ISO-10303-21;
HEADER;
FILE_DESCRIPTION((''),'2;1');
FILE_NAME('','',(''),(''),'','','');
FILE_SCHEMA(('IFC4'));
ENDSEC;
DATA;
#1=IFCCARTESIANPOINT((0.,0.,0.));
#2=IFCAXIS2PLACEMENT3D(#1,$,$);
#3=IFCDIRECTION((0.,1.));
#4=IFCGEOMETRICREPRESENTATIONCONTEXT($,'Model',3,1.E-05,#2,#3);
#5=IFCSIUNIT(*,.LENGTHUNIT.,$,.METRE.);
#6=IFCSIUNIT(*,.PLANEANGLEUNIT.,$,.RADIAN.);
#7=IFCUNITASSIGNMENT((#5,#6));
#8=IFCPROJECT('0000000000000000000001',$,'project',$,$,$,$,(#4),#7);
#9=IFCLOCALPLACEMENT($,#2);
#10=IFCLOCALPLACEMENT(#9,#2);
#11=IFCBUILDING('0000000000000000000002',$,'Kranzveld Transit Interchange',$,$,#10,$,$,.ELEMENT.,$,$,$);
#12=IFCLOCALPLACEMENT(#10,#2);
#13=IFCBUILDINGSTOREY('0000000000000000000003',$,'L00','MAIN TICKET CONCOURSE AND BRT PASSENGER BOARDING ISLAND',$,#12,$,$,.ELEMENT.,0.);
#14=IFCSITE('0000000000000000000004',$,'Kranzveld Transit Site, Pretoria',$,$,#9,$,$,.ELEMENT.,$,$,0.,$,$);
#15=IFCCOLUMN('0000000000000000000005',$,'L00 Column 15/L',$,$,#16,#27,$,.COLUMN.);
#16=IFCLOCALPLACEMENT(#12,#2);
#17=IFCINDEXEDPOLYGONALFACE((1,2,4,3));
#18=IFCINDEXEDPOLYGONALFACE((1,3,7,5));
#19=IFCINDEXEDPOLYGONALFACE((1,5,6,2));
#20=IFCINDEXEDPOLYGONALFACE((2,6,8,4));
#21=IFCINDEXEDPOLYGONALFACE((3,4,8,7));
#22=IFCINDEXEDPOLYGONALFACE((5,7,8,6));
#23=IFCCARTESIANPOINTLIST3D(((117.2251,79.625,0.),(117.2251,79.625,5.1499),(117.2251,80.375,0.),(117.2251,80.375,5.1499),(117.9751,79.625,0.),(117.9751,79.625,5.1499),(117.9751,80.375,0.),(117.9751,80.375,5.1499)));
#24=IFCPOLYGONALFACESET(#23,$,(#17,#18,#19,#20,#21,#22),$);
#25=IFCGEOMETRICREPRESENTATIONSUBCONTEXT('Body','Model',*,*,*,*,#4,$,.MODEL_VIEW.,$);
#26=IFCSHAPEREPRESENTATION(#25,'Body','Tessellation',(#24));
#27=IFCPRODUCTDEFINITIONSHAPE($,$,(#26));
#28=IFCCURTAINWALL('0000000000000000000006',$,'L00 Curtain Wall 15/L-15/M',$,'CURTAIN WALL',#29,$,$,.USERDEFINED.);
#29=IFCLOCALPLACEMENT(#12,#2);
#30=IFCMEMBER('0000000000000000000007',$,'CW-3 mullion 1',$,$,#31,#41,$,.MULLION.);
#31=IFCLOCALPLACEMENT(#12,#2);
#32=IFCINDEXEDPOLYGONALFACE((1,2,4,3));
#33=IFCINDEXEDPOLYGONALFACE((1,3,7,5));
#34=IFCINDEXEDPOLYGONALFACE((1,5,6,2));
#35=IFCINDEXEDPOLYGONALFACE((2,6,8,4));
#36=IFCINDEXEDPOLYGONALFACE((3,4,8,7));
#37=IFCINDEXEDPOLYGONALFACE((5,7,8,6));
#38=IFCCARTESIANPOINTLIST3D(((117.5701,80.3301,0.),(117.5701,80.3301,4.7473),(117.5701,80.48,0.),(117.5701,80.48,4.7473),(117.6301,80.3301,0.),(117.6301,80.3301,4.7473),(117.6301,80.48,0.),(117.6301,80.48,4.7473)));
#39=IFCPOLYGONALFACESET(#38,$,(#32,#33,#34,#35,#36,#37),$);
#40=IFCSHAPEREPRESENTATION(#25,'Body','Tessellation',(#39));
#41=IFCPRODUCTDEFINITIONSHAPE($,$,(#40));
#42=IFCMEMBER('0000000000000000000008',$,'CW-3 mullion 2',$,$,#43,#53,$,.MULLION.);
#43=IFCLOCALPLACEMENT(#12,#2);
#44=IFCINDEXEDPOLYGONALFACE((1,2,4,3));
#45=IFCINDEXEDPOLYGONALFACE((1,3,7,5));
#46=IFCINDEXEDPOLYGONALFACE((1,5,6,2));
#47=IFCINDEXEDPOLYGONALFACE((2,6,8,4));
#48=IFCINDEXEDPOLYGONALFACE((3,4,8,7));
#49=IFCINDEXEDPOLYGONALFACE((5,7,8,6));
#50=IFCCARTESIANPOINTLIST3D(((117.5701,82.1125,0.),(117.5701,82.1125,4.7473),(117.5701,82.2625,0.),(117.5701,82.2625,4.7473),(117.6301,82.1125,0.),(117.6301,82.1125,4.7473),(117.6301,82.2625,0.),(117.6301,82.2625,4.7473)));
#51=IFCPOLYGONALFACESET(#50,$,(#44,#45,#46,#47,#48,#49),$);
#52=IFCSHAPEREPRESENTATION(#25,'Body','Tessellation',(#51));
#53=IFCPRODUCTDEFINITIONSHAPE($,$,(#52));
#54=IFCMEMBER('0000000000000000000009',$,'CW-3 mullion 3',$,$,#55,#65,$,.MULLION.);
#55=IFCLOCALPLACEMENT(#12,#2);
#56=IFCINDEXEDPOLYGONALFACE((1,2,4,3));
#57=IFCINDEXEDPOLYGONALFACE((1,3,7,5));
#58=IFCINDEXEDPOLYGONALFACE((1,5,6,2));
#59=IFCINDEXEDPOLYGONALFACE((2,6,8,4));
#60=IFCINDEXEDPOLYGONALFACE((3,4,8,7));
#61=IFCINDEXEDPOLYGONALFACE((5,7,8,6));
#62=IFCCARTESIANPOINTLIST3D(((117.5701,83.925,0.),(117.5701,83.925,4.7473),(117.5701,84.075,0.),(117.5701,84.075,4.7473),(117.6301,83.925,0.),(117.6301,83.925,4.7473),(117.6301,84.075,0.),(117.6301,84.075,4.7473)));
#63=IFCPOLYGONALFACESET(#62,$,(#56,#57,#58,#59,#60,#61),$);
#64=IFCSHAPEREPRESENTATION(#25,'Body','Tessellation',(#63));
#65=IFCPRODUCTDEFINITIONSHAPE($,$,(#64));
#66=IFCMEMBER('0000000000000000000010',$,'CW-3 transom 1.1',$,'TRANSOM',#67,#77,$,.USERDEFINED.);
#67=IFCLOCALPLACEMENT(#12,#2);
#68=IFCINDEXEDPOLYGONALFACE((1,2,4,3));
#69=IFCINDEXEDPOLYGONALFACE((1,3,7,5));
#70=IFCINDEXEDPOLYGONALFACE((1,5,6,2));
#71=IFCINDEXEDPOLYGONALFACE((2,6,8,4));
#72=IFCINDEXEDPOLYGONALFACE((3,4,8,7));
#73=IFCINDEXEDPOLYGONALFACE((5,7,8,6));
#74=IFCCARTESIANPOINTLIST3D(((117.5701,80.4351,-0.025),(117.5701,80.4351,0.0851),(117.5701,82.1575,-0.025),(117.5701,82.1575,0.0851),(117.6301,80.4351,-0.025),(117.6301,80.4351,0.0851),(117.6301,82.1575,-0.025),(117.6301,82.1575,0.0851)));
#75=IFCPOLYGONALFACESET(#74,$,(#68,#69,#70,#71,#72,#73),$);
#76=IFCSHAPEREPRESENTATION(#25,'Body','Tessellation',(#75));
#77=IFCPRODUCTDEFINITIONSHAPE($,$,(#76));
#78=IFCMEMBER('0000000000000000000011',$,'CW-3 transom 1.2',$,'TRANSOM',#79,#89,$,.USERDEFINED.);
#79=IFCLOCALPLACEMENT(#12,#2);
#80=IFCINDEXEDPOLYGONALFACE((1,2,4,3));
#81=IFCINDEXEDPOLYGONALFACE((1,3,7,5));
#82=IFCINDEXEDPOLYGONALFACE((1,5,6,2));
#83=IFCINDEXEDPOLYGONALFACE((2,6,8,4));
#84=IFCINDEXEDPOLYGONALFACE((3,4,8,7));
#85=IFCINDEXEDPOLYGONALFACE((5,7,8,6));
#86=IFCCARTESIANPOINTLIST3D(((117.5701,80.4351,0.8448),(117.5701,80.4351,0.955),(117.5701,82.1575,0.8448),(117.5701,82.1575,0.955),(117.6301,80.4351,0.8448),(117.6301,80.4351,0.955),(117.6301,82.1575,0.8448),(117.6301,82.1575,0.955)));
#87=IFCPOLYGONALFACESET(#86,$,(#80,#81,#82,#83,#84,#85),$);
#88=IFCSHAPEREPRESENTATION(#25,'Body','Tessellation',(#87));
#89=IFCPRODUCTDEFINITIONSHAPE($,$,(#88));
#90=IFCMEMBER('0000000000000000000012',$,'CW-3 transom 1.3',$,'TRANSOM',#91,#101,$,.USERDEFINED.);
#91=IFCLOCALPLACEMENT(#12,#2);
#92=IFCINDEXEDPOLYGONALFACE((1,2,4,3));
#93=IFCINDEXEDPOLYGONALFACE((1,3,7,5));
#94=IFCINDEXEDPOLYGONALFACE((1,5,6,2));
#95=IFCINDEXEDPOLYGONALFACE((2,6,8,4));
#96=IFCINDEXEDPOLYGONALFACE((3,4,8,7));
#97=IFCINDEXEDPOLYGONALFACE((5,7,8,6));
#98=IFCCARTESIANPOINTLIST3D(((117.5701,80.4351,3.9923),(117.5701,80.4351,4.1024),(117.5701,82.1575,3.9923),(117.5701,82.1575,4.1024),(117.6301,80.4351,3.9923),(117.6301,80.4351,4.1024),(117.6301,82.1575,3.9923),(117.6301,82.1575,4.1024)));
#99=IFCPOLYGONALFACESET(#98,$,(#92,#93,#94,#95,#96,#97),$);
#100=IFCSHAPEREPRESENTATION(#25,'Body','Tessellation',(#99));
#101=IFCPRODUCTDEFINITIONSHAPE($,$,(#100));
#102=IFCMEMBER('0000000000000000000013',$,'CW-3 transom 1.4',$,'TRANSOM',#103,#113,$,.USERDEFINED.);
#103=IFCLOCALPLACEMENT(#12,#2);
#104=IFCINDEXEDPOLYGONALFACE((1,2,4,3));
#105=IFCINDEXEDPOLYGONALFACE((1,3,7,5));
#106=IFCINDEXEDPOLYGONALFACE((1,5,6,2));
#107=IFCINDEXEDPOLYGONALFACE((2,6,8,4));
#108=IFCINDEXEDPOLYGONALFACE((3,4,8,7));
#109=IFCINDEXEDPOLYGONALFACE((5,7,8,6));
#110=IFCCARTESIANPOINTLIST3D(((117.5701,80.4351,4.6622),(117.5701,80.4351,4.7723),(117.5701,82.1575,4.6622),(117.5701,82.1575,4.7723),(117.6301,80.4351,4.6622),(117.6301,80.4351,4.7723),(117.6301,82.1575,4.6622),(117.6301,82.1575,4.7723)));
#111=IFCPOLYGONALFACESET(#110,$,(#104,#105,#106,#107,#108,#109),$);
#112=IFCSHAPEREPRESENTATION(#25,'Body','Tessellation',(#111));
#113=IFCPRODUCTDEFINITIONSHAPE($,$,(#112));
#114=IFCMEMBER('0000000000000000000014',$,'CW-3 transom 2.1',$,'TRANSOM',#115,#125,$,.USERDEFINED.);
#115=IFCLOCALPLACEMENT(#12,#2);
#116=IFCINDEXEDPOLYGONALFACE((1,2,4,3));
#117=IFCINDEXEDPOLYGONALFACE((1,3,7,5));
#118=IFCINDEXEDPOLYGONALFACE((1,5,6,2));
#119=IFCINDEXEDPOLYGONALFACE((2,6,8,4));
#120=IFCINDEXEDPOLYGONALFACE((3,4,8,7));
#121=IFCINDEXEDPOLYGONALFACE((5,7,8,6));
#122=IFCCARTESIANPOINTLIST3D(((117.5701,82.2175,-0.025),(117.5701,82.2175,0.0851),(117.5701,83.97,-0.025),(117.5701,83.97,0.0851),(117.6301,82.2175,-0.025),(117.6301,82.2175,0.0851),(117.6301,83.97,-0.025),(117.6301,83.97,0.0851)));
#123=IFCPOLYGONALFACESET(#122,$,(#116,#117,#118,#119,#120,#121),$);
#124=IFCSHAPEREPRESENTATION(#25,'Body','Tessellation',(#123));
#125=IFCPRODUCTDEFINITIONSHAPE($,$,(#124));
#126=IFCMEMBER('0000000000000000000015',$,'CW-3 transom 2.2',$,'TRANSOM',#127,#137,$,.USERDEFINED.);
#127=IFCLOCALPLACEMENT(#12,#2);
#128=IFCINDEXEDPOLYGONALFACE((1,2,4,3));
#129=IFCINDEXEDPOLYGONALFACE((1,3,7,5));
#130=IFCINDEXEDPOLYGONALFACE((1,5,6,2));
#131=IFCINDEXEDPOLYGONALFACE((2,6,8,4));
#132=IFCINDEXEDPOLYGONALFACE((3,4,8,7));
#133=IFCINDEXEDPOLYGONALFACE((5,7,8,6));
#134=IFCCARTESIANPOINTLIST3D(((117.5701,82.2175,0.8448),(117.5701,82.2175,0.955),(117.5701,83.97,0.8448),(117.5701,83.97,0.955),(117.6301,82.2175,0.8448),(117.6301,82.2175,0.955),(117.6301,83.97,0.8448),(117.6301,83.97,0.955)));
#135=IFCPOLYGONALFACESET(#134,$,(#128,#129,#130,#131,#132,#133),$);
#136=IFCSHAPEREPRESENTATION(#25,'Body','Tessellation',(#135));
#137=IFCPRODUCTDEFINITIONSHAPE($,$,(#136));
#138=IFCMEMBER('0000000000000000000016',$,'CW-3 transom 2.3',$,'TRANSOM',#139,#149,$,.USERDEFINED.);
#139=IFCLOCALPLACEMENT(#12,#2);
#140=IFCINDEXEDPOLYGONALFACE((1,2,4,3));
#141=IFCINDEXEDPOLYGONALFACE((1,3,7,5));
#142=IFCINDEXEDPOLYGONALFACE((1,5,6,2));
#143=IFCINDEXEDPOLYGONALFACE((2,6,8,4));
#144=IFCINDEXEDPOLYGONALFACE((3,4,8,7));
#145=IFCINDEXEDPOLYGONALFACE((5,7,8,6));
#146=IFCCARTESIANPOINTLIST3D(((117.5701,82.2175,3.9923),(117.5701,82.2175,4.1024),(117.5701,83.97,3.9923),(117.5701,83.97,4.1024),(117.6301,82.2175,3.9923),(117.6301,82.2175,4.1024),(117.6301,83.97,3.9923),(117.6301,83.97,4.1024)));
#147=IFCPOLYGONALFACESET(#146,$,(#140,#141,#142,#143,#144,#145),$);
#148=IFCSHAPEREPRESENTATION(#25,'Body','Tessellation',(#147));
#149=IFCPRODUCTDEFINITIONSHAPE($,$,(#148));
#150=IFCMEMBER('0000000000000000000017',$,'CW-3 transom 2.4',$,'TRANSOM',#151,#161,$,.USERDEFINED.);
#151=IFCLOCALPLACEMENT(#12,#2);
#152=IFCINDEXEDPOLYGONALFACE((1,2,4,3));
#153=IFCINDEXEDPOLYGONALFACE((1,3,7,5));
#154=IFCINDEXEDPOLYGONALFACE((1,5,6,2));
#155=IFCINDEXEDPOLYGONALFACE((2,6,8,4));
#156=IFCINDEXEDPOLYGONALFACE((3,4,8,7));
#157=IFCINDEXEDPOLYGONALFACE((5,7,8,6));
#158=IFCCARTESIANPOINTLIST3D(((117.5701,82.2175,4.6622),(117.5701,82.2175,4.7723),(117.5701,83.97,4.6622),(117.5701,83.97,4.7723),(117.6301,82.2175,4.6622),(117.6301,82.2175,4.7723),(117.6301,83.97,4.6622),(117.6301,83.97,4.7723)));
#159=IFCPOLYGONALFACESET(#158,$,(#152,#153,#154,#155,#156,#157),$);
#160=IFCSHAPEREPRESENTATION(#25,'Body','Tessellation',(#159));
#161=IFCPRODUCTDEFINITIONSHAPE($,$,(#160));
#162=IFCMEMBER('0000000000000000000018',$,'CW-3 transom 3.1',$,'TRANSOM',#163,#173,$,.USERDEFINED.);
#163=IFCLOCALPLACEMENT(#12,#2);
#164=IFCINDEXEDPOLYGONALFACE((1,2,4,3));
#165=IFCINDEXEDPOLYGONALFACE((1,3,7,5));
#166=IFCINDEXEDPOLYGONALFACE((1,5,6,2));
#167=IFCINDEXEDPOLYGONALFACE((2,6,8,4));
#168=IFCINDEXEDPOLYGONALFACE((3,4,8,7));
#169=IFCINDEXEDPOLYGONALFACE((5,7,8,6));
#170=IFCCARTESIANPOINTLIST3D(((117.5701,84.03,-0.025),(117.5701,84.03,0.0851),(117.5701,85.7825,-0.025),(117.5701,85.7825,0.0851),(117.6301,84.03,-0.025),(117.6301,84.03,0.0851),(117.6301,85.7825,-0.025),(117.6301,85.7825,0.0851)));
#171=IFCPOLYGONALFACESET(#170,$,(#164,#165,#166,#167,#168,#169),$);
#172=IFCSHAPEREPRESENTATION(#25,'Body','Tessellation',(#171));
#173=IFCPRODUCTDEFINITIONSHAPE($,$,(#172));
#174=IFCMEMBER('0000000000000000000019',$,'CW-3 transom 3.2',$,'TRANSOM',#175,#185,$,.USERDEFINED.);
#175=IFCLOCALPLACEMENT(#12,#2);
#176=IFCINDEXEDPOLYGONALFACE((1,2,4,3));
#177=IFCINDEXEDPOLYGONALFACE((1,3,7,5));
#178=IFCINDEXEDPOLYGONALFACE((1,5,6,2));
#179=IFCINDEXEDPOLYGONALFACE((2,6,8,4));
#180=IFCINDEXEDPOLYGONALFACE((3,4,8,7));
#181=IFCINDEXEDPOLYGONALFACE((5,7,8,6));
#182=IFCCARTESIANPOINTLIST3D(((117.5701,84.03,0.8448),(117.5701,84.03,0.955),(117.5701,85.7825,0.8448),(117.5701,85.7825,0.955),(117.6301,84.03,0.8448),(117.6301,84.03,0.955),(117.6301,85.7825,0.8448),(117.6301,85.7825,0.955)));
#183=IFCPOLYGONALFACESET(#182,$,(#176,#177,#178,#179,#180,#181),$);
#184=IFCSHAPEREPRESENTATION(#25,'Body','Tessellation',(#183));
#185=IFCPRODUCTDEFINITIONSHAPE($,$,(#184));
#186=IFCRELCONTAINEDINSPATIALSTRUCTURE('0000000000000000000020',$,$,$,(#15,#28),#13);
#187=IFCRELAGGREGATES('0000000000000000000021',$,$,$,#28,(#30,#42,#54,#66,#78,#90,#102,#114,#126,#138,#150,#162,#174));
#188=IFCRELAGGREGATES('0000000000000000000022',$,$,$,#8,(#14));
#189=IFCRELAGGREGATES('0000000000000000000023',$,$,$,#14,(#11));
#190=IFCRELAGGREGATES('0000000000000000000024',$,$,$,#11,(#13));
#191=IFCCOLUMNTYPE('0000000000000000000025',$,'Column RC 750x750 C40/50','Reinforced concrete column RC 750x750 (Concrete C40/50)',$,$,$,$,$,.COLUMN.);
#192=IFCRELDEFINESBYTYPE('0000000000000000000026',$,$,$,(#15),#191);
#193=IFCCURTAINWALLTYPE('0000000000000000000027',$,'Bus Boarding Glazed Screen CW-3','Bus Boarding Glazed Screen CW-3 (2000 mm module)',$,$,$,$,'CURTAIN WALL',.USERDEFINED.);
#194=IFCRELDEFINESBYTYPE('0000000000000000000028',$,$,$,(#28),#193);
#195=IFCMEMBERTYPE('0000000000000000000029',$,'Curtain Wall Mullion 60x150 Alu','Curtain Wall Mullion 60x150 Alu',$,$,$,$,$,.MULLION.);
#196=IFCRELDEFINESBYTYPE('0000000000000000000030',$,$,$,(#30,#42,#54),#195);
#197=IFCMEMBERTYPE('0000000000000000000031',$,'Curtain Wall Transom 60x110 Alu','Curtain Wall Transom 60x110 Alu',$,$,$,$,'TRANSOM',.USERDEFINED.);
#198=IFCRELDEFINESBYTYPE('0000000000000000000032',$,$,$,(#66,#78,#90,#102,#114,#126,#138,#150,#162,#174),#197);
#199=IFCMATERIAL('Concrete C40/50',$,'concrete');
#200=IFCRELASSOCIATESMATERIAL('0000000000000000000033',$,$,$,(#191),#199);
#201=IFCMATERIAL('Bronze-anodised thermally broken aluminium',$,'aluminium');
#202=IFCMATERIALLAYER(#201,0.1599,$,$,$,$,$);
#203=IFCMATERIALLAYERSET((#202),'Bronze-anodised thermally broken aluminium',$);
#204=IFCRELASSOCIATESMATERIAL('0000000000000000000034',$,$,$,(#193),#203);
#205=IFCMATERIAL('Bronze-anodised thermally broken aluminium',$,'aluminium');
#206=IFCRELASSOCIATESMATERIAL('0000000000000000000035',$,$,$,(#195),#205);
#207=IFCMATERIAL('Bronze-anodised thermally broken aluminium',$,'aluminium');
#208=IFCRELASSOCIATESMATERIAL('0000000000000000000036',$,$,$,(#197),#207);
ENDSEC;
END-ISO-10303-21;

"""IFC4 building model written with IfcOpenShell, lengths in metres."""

from ifc_helpers import new_model, si_unit, direction, frame, origin, origin_2d, place, context, subcontext, project, spatial, rectangle, extrude, material, layer, layer_set, material_profile, profile_set, type_object, element, aggregate, save


model = new_model("IFC4")

# Units and contexts
model_context = context("Model", 3, precision=1e-05, world=origin(), true_north=direction((0.0, 1.0)))
body_context = subcontext(model_context, "Body", "Model", "MODEL_VIEW")
ifc_project = project(units=[si_unit("LENGTHUNIT", "METRE"), si_unit("PLANEANGLEUNIT", "RADIAN")], contexts=[model_context])

# Site, building, storey
site_placement = place(None, origin())
site = spatial("IfcSite", under=ifc_project, at=site_placement, Name="Kranzveld Transit Site, Pretoria", CompositionType="ELEMENT", RefElevation=0.0)
building_placement = place(site_placement, origin())
building = spatial("IfcBuilding", under=site, at=building_placement, Name="Kranzveld Transit Interchange", CompositionType="ELEMENT")
storey_placement = place(building_placement, origin())
storey = spatial("IfcBuildingStorey", under=building, at=storey_placement, Name="L00", Description="MAIN TICKET CONCOURSE AND BRT PASSENGER BOARDING ISLAND", CompositionType="ELEMENT", Elevation=0.0)

# Column
ifc_material_1 = material(Name="Concrete C40/50", Category="concrete")
ifc_material_profile_1 = material_profile(ifc_material_1, rectangle(XDim=0.75, YDim=0.75, at=origin_2d()), Name="RC 750x750")
ifc_profile_set_1 = profile_set([ifc_material_profile_1], Name="Concrete C40/50")
column_type = type_object("IfcColumnType", Name="Column RC 750x750 C40/50", Description="Reinforced concrete column RC 750x750 (Concrete C40/50)", PredefinedType="COLUMN", material=ifc_profile_set_1)
column_placement = place(storey_placement, frame((117.6001, 80.0, 0.0), z_axis=(0.0, 0.0, 1.0), x_axis=(1.0, 0.0, 0.0)))
element("IfcColumn", 1, at=column_placement, inside=storey, type_object=column_type, Name="L00 Column 15/L", PredefinedType="COLUMN", context=body_context, shape_type="SweptSolid", body=[
    extrude(rectangle(XDim=0.75, YDim=0.75, at=origin_2d()), origin(), (0.0, 0.0, 1.0), 5.1499),
])

# Curtain wall, members
ifc_material_2 = material(Name="Bronze-anodised thermally broken aluminium", Category="aluminium")
ifc_layer_1 = layer(ifc_material_2, 0.1599)
ifc_layer_set_1 = layer_set([ifc_layer_1], Name="Bronze-anodised thermally broken aluminium")
curtain_wall_type = type_object("IfcCurtainWallType", Name="Bus Boarding Glazed Screen CW-3", Description="Bus Boarding Glazed Screen CW-3 (2000 mm module)", ElementType="CURTAIN WALL", PredefinedType="USERDEFINED", material=ifc_layer_set_1)
curtain_wall_placement = place(storey_placement, origin())
curtain_wall = element("IfcCurtainWall", 2, at=curtain_wall_placement, inside=storey, type_object=curtain_wall_type, Name="L00 Curtain Wall 15/L-15/M", ObjectType="CURTAIN WALL", PredefinedType="USERDEFINED")
ifc_material_3 = material(Name="Bronze-anodised thermally broken aluminium", Category="aluminium")
ifc_material_profile_2 = material_profile(ifc_material_3, rectangle(XDim=0.0601, YDim=0.1499, at=origin_2d()), Name="ALU MULLION 60x150")
ifc_profile_set_2 = profile_set([ifc_material_profile_2], Name="Bronze-anodised thermally broken aluminium")
member_type_1 = type_object("IfcMemberType", Name="Curtain Wall Mullion 60x150 Alu", Description="Curtain Wall Mullion 60x150 Alu", PredefinedType="MULLION", material=ifc_profile_set_2)
member_1_placement = place(storey_placement, frame((117.6001, 80.405, 0.0), z_axis=(0.0, 0.0, 1.0), x_axis=(-1.0, 0.0, 0.0)))
member_1 = element("IfcMember", 3, at=member_1_placement, type_object=member_type_1, Name="CW-3 mullion 1", PredefinedType="MULLION", context=body_context, shape_type="SweptSolid", body=[
    extrude(rectangle(XDim=0.0601, YDim=0.1499, at=origin_2d()), origin(), (0.0, 0.0, 1.0), 4.7473),
])
member_2_placement = place(storey_placement, frame((117.6001, 82.1875, 0.0), z_axis=(0.0, 0.0, 1.0), x_axis=(-1.0, 0.0, 0.0)))
member_2 = element("IfcMember", 4, at=member_2_placement, type_object=member_type_1, Name="CW-3 mullion 2", PredefinedType="MULLION", context=body_context, shape_type="SweptSolid", body=[
    extrude(rectangle(XDim=0.0601, YDim=0.1499, at=origin_2d()), origin(), (0.0, 0.0, 1.0), 4.7473),
])
member_3_placement = place(storey_placement, frame((117.6001, 84.0, 0.0), z_axis=(0.0, 0.0, 1.0), x_axis=(-1.0, 0.0, 0.0)))
member_3 = element("IfcMember", 5, at=member_3_placement, type_object=member_type_1, Name="CW-3 mullion 3", PredefinedType="MULLION", context=body_context, shape_type="SweptSolid", body=[
    extrude(rectangle(XDim=0.0601, YDim=0.1499, at=origin_2d()), origin(), (0.0, 0.0, 1.0), 4.7473),
])
ifc_material_4 = material(Name="Bronze-anodised thermally broken aluminium", Category="aluminium")
ifc_material_profile_3 = material_profile(ifc_material_4, rectangle(XDim=0.0601, YDim=0.1101, at=origin_2d()), Name="ALU TRANSOM 60x110")
ifc_profile_set_3 = profile_set([ifc_material_profile_3], Name="Bronze-anodised thermally broken aluminium")
member_type_2 = type_object("IfcMemberType", Name="Curtain Wall Transom 60x110 Alu", Description="Curtain Wall Transom 60x110 Alu", ElementType="TRANSOM", PredefinedType="USERDEFINED", material=ifc_profile_set_3)
member_4_placement = place(storey_placement, frame((117.6001, 80.4351, 0.03), z_axis=(0.0, 1.0, 0.0), x_axis=(-1.0, 0.0, 0.0)))
member_4 = element("IfcMember", 6, at=member_4_placement, type_object=member_type_2, Name="CW-3 transom 1.1", ObjectType="TRANSOM", PredefinedType="USERDEFINED", context=body_context, shape_type="SweptSolid", body=[
    extrude(rectangle(XDim=0.0601, YDim=0.1101, at=origin_2d()), origin(), (0.0, 0.0, 1.0), 1.7224),
])
member_5_placement = place(storey_placement, frame((117.6001, 80.4351, 0.8999), z_axis=(0.0, 1.0, 0.0), x_axis=(-1.0, 0.0, 0.0)))
member_5 = element("IfcMember", 7, at=member_5_placement, type_object=member_type_2, Name="CW-3 transom 1.2", ObjectType="TRANSOM", PredefinedType="USERDEFINED", context=body_context, shape_type="SweptSolid", body=[
    extrude(rectangle(XDim=0.0601, YDim=0.1101, at=origin_2d()), origin(), (0.0, 0.0, 1.0), 1.7224),
])
member_6_placement = place(storey_placement, frame((117.6001, 80.4351, 4.0474), z_axis=(0.0, 1.0, 0.0), x_axis=(-1.0, 0.0, 0.0)))
member_6 = element("IfcMember", 8, at=member_6_placement, type_object=member_type_2, Name="CW-3 transom 1.3", ObjectType="TRANSOM", PredefinedType="USERDEFINED", context=body_context, shape_type="SweptSolid", body=[
    extrude(rectangle(XDim=0.0601, YDim=0.1101, at=origin_2d()), origin(), (0.0, 0.0, 1.0), 1.7224),
])
member_7_placement = place(storey_placement, frame((117.6001, 80.4351, 4.7173), z_axis=(0.0, 1.0, 0.0), x_axis=(-1.0, 0.0, 0.0)))
member_7 = element("IfcMember", 9, at=member_7_placement, type_object=member_type_2, Name="CW-3 transom 1.4", ObjectType="TRANSOM", PredefinedType="USERDEFINED", context=body_context, shape_type="SweptSolid", body=[
    extrude(rectangle(XDim=0.0601, YDim=0.1101, at=origin_2d()), origin(), (0.0, 0.0, 1.0), 1.7224),
])
member_8_placement = place(storey_placement, frame((117.6001, 82.2175, 0.03), z_axis=(0.0, 1.0, 0.0), x_axis=(-1.0, 0.0, 0.0)))
member_8 = element("IfcMember", 10, at=member_8_placement, type_object=member_type_2, Name="CW-3 transom 2.1", ObjectType="TRANSOM", PredefinedType="USERDEFINED", context=body_context, shape_type="SweptSolid", body=[
    extrude(rectangle(XDim=0.0601, YDim=0.1101, at=origin_2d()), origin(), (0.0, 0.0, 1.0), 1.7524),
])
member_9_placement = place(storey_placement, frame((117.6001, 82.2175, 0.8999), z_axis=(0.0, 1.0, 0.0), x_axis=(-1.0, 0.0, 0.0)))
member_9 = element("IfcMember", 11, at=member_9_placement, type_object=member_type_2, Name="CW-3 transom 2.2", ObjectType="TRANSOM", PredefinedType="USERDEFINED", context=body_context, shape_type="SweptSolid", body=[
    extrude(rectangle(XDim=0.0601, YDim=0.1101, at=origin_2d()), origin(), (0.0, 0.0, 1.0), 1.7524),
])
member_10_placement = place(storey_placement, frame((117.6001, 82.2175, 4.0474), z_axis=(0.0, 1.0, 0.0), x_axis=(-1.0, 0.0, 0.0)))
member_10 = element("IfcMember", 12, at=member_10_placement, type_object=member_type_2, Name="CW-3 transom 2.3", ObjectType="TRANSOM", PredefinedType="USERDEFINED", context=body_context, shape_type="SweptSolid", body=[
    extrude(rectangle(XDim=0.0601, YDim=0.1101, at=origin_2d()), origin(), (0.0, 0.0, 1.0), 1.7524),
])
member_11_placement = place(storey_placement, frame((117.6001, 82.2175, 4.7173), z_axis=(0.0, 1.0, 0.0), x_axis=(-1.0, 0.0, 0.0)))
member_11 = element("IfcMember", 13, at=member_11_placement, type_object=member_type_2, Name="CW-3 transom 2.4", ObjectType="TRANSOM", PredefinedType="USERDEFINED", context=body_context, shape_type="SweptSolid", body=[
    extrude(rectangle(XDim=0.0601, YDim=0.1101, at=origin_2d()), origin(), (0.0, 0.0, 1.0), 1.7524),
])
member_12_placement = place(storey_placement, frame((117.6001, 84.03, 0.03), z_axis=(0.0, 1.0, 0.0), x_axis=(-1.0, 0.0, 0.0)))
member_12 = element("IfcMember", 14, at=member_12_placement, type_object=member_type_2, Name="CW-3 transom 3.1", ObjectType="TRANSOM", PredefinedType="USERDEFINED", context=body_context, shape_type="SweptSolid", body=[
    extrude(rectangle(XDim=0.0601, YDim=0.1101, at=origin_2d()), origin(), (0.0, 0.0, 1.0), 1.7524),
])
member_13_placement = place(storey_placement, frame((117.6001, 84.03, 0.8999), z_axis=(0.0, 1.0, 0.0), x_axis=(-1.0, 0.0, 0.0)))
member_13 = element("IfcMember", 15, at=member_13_placement, type_object=member_type_2, Name="CW-3 transom 3.2", ObjectType="TRANSOM", PredefinedType="USERDEFINED", context=body_context, shape_type="SweptSolid", body=[
    extrude(rectangle(XDim=0.0601, YDim=0.1101, at=origin_2d()), origin(), (0.0, 0.0, 1.0), 1.7524),
])

aggregate(curtain_wall, [member_1, member_2, member_3, member_4, member_5, member_6, member_7, member_8, member_9, member_10, member_11, member_12, member_13])

save(model, "model.ifc")
